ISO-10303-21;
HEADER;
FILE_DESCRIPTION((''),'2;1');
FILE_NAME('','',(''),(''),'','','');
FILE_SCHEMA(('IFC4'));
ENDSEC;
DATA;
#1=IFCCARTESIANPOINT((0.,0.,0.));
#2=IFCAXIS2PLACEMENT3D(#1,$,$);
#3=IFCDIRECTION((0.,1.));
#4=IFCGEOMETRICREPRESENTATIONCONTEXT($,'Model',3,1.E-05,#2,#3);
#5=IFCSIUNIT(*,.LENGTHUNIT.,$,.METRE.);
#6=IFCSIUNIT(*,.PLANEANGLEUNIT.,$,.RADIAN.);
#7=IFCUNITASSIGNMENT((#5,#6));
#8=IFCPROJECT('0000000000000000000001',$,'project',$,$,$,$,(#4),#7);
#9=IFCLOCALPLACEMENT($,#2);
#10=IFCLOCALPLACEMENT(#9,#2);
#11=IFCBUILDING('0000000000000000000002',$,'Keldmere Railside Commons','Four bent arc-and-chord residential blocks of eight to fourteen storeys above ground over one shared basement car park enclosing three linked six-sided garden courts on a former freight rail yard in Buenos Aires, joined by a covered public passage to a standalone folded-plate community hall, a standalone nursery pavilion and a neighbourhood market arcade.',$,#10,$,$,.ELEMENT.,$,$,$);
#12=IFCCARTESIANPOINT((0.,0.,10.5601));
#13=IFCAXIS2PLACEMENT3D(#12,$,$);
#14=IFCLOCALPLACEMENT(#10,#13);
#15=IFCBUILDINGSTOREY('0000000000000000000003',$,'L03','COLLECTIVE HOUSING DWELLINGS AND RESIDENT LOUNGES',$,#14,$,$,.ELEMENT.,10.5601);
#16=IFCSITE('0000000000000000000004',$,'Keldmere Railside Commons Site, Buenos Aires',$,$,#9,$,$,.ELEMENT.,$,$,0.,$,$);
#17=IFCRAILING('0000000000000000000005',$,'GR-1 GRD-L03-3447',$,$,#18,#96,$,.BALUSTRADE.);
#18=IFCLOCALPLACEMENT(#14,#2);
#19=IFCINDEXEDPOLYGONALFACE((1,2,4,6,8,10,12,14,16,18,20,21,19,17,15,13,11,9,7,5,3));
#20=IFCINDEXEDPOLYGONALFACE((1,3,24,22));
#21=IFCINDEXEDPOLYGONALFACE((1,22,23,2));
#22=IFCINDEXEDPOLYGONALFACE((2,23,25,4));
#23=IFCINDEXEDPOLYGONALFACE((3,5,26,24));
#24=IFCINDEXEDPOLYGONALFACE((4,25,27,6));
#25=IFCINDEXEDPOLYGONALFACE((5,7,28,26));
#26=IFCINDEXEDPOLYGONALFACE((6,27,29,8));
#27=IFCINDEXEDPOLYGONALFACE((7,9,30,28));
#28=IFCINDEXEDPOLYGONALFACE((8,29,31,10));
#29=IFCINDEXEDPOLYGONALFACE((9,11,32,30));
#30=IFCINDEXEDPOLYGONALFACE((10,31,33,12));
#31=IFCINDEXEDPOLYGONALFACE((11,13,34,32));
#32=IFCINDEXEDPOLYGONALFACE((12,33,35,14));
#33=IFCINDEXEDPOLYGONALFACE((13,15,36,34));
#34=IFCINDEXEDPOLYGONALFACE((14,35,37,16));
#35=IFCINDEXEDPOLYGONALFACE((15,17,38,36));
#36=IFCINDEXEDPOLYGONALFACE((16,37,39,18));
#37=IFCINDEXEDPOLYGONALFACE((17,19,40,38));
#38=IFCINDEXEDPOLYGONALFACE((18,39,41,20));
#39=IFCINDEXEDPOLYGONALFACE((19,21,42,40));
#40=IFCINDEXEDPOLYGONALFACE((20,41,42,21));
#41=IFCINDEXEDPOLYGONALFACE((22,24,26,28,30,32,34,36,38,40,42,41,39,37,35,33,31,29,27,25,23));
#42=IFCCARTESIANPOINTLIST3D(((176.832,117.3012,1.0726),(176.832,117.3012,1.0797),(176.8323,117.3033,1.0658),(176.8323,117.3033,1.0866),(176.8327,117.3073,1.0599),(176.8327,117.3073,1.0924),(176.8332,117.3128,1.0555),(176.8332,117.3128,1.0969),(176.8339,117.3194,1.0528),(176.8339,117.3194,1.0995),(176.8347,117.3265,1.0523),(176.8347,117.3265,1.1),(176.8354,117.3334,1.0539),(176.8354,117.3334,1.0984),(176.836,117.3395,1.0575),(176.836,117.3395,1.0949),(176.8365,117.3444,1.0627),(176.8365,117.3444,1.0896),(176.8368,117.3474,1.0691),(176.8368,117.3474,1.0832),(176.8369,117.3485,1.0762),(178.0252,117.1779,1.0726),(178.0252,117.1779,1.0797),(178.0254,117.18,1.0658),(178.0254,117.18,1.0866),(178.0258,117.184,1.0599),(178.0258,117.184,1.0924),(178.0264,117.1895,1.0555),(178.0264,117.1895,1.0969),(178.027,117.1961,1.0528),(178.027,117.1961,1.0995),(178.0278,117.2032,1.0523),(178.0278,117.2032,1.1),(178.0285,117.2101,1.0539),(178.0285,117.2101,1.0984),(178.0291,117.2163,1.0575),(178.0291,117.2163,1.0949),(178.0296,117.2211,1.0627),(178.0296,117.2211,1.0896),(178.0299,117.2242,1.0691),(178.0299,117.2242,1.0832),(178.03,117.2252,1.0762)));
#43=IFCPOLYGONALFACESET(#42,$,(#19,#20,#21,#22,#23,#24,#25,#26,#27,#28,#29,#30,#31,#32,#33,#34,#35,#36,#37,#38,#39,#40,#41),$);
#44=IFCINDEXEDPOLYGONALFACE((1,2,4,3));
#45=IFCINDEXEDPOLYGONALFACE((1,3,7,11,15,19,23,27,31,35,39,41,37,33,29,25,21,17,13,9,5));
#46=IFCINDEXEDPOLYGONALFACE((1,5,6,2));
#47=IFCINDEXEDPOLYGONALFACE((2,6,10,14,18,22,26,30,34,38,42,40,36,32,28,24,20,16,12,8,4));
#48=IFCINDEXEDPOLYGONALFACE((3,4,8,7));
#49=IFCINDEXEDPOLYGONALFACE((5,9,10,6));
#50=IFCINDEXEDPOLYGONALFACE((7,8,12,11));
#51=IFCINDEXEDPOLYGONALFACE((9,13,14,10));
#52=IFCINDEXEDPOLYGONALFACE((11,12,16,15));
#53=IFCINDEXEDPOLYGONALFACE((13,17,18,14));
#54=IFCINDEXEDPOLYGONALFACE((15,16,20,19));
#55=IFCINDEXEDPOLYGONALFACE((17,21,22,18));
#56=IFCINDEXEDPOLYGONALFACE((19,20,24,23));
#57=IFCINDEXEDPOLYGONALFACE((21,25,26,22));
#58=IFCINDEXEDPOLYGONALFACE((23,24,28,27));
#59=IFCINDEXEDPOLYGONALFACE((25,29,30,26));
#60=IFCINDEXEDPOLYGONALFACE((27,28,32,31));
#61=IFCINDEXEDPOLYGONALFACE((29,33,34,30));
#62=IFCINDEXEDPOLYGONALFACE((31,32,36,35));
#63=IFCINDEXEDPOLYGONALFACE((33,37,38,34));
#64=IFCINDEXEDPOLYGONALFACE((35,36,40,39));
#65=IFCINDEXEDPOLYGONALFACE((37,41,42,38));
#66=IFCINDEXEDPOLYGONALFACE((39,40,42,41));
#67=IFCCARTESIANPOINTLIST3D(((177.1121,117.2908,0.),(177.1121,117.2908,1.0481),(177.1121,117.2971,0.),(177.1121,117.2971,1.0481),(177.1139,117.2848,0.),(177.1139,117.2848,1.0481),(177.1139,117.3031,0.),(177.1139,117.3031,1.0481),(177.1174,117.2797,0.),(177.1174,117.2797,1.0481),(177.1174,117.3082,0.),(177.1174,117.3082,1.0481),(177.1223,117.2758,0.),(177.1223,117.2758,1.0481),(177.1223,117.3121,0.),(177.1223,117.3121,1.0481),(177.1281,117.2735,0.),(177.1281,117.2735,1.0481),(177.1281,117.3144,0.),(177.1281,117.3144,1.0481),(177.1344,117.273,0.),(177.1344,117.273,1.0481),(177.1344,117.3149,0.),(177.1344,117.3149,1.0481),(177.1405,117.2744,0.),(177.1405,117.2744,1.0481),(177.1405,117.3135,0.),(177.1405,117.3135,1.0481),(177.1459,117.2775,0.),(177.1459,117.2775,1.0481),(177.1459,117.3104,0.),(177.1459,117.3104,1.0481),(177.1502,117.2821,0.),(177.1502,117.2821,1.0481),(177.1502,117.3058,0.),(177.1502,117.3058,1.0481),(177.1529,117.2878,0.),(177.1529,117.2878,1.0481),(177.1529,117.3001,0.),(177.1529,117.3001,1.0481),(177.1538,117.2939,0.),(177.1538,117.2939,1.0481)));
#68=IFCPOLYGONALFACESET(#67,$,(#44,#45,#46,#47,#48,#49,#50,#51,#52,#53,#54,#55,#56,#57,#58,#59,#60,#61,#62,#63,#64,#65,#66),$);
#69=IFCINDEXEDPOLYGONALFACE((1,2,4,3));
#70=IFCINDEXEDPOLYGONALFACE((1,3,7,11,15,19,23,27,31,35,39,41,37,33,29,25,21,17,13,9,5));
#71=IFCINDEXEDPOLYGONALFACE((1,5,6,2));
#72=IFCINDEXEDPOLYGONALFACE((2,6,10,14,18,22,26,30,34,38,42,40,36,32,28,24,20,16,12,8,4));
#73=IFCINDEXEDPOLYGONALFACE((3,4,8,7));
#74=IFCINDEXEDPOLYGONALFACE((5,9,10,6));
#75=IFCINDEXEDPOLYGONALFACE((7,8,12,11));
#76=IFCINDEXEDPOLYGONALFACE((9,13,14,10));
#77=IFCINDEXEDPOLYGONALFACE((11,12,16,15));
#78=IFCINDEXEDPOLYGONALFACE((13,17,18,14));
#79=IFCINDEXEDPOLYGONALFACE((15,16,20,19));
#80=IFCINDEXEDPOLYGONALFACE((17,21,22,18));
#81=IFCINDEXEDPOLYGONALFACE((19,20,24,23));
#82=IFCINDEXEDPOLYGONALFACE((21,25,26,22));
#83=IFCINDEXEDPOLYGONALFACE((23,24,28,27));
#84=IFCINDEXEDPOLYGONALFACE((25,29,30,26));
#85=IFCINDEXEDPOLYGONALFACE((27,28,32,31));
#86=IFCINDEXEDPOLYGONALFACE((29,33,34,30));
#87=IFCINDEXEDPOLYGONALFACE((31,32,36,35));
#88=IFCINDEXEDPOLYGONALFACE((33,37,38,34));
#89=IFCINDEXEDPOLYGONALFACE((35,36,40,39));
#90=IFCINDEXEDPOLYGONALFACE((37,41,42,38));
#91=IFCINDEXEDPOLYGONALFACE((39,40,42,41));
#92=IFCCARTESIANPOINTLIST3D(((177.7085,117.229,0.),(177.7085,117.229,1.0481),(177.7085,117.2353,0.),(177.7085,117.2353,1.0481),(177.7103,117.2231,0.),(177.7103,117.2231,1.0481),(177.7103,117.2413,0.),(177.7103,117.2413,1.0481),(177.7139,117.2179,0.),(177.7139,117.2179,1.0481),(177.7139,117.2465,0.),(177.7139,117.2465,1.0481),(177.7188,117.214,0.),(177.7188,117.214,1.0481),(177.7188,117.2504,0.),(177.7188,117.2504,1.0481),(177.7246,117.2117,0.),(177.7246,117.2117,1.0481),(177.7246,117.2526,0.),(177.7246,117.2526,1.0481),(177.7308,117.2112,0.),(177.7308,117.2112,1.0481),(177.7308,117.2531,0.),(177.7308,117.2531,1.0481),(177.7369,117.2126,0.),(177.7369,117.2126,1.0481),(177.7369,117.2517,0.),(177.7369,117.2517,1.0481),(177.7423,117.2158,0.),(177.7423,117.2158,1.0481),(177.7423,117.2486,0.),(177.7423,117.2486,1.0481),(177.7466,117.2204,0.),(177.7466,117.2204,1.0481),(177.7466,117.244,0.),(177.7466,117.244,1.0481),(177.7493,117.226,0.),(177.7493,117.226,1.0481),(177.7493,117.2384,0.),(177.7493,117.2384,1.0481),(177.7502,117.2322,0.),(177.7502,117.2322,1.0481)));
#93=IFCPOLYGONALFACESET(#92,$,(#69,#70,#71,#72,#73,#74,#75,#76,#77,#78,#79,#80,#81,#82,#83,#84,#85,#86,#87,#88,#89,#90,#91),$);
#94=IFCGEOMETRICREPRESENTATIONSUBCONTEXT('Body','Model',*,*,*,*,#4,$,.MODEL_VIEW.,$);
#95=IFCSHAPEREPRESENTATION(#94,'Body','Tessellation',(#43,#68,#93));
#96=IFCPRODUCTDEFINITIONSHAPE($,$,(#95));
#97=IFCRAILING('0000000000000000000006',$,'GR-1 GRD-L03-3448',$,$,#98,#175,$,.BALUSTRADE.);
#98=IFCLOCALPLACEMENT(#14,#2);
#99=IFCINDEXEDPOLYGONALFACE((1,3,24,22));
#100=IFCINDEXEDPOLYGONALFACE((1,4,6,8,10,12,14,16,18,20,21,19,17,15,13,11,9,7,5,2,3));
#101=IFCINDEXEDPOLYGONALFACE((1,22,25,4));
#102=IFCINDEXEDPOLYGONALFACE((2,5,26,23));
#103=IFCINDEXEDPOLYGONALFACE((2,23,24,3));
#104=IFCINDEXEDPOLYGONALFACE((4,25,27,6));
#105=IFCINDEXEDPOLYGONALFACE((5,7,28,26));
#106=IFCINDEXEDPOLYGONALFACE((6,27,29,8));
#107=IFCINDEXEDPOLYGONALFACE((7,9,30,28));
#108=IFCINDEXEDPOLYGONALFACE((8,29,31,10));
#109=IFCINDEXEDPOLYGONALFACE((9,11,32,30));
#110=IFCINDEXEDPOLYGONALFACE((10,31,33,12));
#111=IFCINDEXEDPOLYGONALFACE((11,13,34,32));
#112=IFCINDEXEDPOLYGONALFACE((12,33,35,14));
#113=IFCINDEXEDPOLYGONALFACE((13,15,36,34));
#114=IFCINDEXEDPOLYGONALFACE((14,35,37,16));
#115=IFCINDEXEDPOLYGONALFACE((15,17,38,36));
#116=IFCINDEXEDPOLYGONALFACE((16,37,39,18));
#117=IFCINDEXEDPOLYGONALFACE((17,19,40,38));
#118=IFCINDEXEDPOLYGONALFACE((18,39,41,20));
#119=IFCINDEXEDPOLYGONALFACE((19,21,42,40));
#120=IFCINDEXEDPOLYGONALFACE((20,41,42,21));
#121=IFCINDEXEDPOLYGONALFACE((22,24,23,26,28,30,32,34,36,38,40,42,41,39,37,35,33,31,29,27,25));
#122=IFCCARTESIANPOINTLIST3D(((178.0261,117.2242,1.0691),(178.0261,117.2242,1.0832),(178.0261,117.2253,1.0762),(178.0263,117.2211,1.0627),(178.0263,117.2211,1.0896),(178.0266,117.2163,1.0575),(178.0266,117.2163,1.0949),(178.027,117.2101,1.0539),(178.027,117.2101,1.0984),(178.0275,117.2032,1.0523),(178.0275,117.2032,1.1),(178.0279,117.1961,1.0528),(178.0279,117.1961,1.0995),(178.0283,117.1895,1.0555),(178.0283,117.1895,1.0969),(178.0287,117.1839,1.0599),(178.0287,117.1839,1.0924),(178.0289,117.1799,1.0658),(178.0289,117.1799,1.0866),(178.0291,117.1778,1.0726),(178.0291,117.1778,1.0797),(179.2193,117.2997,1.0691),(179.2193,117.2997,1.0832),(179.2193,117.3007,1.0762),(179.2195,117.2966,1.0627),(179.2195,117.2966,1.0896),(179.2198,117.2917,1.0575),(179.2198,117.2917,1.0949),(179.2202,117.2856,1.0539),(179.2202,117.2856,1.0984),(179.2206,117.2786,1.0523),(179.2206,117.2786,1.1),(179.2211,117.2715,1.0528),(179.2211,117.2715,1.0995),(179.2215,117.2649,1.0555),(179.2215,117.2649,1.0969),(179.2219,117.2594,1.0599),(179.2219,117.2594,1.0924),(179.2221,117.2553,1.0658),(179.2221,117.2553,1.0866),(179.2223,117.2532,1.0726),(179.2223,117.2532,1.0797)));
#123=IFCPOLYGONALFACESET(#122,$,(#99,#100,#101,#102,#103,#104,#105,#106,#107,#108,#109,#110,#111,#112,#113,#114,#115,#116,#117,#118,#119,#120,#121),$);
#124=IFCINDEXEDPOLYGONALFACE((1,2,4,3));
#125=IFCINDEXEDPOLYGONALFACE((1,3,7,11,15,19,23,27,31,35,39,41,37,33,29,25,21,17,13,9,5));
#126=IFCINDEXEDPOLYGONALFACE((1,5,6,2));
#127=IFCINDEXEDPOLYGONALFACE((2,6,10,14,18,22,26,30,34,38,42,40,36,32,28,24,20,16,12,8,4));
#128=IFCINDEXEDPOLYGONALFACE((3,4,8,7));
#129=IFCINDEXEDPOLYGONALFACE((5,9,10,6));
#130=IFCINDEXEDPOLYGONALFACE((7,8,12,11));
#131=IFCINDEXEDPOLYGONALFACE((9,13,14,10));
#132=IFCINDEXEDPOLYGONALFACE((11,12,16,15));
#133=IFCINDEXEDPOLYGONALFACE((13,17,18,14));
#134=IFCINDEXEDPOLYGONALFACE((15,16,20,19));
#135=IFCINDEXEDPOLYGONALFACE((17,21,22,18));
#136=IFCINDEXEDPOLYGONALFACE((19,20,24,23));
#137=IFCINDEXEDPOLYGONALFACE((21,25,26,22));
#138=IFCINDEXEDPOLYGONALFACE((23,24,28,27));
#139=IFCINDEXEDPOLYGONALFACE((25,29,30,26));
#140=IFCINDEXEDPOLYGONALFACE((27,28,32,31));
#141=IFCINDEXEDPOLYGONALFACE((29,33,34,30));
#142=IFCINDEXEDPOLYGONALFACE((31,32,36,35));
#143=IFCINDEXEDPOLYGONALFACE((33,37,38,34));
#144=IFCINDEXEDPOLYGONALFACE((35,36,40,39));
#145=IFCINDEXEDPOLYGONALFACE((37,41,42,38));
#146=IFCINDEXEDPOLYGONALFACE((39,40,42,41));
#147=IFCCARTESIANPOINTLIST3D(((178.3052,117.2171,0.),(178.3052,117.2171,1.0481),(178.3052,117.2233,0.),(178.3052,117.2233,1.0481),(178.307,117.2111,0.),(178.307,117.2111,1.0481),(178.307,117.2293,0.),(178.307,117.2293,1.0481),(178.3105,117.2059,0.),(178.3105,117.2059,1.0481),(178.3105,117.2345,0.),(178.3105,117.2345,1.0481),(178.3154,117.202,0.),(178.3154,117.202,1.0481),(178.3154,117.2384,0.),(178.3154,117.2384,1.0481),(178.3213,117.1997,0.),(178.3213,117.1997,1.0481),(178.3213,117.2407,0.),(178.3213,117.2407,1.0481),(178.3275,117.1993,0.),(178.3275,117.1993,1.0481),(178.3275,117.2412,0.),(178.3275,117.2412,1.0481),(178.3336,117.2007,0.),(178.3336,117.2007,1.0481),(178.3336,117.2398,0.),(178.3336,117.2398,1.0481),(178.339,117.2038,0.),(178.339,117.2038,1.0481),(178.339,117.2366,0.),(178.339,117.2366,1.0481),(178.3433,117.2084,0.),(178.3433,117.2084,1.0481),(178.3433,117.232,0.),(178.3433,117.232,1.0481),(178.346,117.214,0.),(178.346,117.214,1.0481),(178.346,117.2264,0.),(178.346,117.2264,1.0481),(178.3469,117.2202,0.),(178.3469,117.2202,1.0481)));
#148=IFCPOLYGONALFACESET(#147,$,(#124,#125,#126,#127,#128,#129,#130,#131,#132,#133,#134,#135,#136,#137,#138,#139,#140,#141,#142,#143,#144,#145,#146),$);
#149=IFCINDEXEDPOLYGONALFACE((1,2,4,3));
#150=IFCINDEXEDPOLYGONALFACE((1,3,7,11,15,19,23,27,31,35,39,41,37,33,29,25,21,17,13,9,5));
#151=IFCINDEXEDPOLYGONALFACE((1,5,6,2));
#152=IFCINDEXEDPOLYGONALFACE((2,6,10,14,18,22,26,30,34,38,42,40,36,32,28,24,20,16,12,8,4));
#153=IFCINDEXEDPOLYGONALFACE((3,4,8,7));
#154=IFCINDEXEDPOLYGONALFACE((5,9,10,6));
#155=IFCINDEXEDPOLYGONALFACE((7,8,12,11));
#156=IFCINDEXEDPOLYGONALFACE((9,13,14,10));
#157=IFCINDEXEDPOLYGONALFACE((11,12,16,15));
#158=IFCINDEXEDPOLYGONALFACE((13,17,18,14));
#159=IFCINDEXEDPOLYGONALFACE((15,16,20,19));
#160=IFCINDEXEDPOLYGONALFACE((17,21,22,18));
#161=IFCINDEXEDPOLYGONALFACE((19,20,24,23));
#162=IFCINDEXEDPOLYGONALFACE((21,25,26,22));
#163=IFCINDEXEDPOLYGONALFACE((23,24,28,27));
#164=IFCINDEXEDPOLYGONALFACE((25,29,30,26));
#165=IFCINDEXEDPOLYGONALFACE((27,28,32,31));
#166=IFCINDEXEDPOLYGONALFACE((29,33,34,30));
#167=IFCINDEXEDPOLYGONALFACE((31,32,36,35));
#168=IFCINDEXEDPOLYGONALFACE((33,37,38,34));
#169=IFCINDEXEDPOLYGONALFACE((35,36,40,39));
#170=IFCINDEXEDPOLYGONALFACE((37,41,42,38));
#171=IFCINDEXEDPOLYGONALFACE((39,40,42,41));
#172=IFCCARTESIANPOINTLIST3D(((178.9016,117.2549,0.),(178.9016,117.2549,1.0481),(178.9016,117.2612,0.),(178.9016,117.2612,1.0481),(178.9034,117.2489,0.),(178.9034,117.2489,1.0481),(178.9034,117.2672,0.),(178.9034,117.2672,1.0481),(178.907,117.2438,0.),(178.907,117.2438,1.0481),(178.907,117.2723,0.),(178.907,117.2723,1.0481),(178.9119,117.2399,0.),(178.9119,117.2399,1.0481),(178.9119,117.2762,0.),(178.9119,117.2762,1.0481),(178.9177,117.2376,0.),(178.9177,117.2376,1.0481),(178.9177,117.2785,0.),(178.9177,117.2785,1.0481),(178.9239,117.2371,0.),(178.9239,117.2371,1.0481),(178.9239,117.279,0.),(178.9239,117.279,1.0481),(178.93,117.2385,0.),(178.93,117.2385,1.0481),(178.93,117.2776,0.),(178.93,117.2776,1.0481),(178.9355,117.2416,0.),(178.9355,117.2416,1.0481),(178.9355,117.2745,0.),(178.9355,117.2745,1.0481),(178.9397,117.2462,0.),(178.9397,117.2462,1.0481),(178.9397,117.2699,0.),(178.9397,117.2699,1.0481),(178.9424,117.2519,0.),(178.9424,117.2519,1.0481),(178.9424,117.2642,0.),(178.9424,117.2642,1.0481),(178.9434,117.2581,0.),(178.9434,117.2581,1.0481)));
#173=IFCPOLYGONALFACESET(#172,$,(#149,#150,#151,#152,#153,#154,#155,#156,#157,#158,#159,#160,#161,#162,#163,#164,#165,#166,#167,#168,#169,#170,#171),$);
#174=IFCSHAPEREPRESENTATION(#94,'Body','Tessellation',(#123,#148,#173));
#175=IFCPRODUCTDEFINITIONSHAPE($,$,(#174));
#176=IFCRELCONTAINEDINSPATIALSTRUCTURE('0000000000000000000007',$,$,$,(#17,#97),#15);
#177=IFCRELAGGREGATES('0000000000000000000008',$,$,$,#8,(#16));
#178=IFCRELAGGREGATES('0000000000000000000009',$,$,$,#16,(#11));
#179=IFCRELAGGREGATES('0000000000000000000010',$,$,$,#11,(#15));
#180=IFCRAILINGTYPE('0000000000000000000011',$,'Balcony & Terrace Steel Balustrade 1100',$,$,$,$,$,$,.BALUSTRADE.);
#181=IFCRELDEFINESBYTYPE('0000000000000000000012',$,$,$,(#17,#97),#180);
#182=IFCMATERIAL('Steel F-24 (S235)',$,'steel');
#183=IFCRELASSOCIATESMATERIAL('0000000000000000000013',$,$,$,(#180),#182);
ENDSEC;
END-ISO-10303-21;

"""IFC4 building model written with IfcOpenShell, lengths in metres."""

from ifc_helpers import new_model, si_unit, direction, frame, origin, origin_2d, place, context, subcontext, project, spatial, circle, extrude, material, type_object, element, save


model = new_model("IFC4")

# Units and contexts
model_context = context("Model", 3, precision=1e-05, world=origin(), true_north=direction((0.0, 1.0)))
body_context = subcontext(model_context, "Body", "Model", "MODEL_VIEW")
ifc_project = project(units=[si_unit("LENGTHUNIT", "METRE"), si_unit("PLANEANGLEUNIT", "RADIAN")], contexts=[model_context])

# Site, building, storey
site_placement = place(None, origin())
site = spatial("IfcSite", under=ifc_project, at=site_placement, Name="Keldmere Railside Commons Site, Buenos Aires", CompositionType="ELEMENT", RefElevation=0.0)
building_placement = place(site_placement, origin())
building = spatial("IfcBuilding", under=site, at=building_placement, Name="Keldmere Railside Commons", Description="Four bent arc-and-chord residential blocks of eight to fourteen storeys above ground over one shared basement car park enclosing three linked six-sided garden courts on a former freight rail yard in Buenos Aires, joined by a covered public passage to a standalone folded-plate community hall, a standalone nursery pavilion and a neighbourhood market arcade.", CompositionType="ELEMENT")
storey_placement = place(building_placement, frame((0.0, 0.0, 10.5601)))
storey = spatial("IfcBuildingStorey", under=building, at=storey_placement, Name="L03", Description="COLLECTIVE HOUSING DWELLINGS AND RESIDENT LOUNGES", CompositionType="ELEMENT", Elevation=10.5601)

# Railings
ifc_material_1 = material(Name="Steel F-24 (S235)", Category="steel")
railing_type = type_object("IfcRailingType", Name="Balcony & Terrace Steel Balustrade 1100", PredefinedType="BALUSTRADE", material=ifc_material_1)
railing_1_placement = place(storey_placement, frame((176.8345, 117.3247, 0.0)))
element("IfcRailing", 1, at=railing_1_placement, inside=storey, type_object=railing_type, Name="GR-1 GRD-L03-3447", PredefinedType="BALUSTRADE", context=body_context, shape_type="SweptSolid", body=[
    extrude(circle(Radius=0.0239, at=origin_2d()), frame((0.0, 0.0, 1.0762), z_axis=(0.994703, -0.102788, 0.0), x_axis=(0.102788, 0.994703, 0.0)), (0.0, 0.0, 1.0), 1.1995),
    extrude(circle(Radius=0.021, at=origin_2d()), frame((0.2983, -0.0308, 0.0)), (0.0, 0.0, 1.0), 1.0481),
    extrude(circle(Radius=0.021, at=origin_2d()), frame((0.8948, -0.0925, 0.0)), (0.0, 0.0, 1.0), 1.0481),
])
railing_2_placement = place(storey_placement, frame((178.0276, 117.2014, 0.0)))
element("IfcRailing", 2, at=railing_2_placement, inside=storey, type_object=railing_type, Name="GR-1 GRD-L03-3448", PredefinedType="BALUSTRADE", context=body_context, shape_type="SweptSolid", body=[
    extrude(circle(Radius=0.0239, at=origin_2d()), frame((0.0, 0.0, 1.0762), z_axis=(0.998007, 0.063103, 0.0), x_axis=(-0.063103, 0.998007, 0.0)), (0.0, 0.0, 1.0), 1.1956),
    extrude(circle(Radius=0.021, at=origin_2d()), frame((0.2983, 0.0188, 0.0)), (0.0, 0.0, 1.0), 1.0481),
    extrude(circle(Radius=0.021, at=origin_2d()), frame((0.8948, 0.0566, 0.0)), (0.0, 0.0, 1.0), 1.0481),
])

save(model, "model.ifc")
